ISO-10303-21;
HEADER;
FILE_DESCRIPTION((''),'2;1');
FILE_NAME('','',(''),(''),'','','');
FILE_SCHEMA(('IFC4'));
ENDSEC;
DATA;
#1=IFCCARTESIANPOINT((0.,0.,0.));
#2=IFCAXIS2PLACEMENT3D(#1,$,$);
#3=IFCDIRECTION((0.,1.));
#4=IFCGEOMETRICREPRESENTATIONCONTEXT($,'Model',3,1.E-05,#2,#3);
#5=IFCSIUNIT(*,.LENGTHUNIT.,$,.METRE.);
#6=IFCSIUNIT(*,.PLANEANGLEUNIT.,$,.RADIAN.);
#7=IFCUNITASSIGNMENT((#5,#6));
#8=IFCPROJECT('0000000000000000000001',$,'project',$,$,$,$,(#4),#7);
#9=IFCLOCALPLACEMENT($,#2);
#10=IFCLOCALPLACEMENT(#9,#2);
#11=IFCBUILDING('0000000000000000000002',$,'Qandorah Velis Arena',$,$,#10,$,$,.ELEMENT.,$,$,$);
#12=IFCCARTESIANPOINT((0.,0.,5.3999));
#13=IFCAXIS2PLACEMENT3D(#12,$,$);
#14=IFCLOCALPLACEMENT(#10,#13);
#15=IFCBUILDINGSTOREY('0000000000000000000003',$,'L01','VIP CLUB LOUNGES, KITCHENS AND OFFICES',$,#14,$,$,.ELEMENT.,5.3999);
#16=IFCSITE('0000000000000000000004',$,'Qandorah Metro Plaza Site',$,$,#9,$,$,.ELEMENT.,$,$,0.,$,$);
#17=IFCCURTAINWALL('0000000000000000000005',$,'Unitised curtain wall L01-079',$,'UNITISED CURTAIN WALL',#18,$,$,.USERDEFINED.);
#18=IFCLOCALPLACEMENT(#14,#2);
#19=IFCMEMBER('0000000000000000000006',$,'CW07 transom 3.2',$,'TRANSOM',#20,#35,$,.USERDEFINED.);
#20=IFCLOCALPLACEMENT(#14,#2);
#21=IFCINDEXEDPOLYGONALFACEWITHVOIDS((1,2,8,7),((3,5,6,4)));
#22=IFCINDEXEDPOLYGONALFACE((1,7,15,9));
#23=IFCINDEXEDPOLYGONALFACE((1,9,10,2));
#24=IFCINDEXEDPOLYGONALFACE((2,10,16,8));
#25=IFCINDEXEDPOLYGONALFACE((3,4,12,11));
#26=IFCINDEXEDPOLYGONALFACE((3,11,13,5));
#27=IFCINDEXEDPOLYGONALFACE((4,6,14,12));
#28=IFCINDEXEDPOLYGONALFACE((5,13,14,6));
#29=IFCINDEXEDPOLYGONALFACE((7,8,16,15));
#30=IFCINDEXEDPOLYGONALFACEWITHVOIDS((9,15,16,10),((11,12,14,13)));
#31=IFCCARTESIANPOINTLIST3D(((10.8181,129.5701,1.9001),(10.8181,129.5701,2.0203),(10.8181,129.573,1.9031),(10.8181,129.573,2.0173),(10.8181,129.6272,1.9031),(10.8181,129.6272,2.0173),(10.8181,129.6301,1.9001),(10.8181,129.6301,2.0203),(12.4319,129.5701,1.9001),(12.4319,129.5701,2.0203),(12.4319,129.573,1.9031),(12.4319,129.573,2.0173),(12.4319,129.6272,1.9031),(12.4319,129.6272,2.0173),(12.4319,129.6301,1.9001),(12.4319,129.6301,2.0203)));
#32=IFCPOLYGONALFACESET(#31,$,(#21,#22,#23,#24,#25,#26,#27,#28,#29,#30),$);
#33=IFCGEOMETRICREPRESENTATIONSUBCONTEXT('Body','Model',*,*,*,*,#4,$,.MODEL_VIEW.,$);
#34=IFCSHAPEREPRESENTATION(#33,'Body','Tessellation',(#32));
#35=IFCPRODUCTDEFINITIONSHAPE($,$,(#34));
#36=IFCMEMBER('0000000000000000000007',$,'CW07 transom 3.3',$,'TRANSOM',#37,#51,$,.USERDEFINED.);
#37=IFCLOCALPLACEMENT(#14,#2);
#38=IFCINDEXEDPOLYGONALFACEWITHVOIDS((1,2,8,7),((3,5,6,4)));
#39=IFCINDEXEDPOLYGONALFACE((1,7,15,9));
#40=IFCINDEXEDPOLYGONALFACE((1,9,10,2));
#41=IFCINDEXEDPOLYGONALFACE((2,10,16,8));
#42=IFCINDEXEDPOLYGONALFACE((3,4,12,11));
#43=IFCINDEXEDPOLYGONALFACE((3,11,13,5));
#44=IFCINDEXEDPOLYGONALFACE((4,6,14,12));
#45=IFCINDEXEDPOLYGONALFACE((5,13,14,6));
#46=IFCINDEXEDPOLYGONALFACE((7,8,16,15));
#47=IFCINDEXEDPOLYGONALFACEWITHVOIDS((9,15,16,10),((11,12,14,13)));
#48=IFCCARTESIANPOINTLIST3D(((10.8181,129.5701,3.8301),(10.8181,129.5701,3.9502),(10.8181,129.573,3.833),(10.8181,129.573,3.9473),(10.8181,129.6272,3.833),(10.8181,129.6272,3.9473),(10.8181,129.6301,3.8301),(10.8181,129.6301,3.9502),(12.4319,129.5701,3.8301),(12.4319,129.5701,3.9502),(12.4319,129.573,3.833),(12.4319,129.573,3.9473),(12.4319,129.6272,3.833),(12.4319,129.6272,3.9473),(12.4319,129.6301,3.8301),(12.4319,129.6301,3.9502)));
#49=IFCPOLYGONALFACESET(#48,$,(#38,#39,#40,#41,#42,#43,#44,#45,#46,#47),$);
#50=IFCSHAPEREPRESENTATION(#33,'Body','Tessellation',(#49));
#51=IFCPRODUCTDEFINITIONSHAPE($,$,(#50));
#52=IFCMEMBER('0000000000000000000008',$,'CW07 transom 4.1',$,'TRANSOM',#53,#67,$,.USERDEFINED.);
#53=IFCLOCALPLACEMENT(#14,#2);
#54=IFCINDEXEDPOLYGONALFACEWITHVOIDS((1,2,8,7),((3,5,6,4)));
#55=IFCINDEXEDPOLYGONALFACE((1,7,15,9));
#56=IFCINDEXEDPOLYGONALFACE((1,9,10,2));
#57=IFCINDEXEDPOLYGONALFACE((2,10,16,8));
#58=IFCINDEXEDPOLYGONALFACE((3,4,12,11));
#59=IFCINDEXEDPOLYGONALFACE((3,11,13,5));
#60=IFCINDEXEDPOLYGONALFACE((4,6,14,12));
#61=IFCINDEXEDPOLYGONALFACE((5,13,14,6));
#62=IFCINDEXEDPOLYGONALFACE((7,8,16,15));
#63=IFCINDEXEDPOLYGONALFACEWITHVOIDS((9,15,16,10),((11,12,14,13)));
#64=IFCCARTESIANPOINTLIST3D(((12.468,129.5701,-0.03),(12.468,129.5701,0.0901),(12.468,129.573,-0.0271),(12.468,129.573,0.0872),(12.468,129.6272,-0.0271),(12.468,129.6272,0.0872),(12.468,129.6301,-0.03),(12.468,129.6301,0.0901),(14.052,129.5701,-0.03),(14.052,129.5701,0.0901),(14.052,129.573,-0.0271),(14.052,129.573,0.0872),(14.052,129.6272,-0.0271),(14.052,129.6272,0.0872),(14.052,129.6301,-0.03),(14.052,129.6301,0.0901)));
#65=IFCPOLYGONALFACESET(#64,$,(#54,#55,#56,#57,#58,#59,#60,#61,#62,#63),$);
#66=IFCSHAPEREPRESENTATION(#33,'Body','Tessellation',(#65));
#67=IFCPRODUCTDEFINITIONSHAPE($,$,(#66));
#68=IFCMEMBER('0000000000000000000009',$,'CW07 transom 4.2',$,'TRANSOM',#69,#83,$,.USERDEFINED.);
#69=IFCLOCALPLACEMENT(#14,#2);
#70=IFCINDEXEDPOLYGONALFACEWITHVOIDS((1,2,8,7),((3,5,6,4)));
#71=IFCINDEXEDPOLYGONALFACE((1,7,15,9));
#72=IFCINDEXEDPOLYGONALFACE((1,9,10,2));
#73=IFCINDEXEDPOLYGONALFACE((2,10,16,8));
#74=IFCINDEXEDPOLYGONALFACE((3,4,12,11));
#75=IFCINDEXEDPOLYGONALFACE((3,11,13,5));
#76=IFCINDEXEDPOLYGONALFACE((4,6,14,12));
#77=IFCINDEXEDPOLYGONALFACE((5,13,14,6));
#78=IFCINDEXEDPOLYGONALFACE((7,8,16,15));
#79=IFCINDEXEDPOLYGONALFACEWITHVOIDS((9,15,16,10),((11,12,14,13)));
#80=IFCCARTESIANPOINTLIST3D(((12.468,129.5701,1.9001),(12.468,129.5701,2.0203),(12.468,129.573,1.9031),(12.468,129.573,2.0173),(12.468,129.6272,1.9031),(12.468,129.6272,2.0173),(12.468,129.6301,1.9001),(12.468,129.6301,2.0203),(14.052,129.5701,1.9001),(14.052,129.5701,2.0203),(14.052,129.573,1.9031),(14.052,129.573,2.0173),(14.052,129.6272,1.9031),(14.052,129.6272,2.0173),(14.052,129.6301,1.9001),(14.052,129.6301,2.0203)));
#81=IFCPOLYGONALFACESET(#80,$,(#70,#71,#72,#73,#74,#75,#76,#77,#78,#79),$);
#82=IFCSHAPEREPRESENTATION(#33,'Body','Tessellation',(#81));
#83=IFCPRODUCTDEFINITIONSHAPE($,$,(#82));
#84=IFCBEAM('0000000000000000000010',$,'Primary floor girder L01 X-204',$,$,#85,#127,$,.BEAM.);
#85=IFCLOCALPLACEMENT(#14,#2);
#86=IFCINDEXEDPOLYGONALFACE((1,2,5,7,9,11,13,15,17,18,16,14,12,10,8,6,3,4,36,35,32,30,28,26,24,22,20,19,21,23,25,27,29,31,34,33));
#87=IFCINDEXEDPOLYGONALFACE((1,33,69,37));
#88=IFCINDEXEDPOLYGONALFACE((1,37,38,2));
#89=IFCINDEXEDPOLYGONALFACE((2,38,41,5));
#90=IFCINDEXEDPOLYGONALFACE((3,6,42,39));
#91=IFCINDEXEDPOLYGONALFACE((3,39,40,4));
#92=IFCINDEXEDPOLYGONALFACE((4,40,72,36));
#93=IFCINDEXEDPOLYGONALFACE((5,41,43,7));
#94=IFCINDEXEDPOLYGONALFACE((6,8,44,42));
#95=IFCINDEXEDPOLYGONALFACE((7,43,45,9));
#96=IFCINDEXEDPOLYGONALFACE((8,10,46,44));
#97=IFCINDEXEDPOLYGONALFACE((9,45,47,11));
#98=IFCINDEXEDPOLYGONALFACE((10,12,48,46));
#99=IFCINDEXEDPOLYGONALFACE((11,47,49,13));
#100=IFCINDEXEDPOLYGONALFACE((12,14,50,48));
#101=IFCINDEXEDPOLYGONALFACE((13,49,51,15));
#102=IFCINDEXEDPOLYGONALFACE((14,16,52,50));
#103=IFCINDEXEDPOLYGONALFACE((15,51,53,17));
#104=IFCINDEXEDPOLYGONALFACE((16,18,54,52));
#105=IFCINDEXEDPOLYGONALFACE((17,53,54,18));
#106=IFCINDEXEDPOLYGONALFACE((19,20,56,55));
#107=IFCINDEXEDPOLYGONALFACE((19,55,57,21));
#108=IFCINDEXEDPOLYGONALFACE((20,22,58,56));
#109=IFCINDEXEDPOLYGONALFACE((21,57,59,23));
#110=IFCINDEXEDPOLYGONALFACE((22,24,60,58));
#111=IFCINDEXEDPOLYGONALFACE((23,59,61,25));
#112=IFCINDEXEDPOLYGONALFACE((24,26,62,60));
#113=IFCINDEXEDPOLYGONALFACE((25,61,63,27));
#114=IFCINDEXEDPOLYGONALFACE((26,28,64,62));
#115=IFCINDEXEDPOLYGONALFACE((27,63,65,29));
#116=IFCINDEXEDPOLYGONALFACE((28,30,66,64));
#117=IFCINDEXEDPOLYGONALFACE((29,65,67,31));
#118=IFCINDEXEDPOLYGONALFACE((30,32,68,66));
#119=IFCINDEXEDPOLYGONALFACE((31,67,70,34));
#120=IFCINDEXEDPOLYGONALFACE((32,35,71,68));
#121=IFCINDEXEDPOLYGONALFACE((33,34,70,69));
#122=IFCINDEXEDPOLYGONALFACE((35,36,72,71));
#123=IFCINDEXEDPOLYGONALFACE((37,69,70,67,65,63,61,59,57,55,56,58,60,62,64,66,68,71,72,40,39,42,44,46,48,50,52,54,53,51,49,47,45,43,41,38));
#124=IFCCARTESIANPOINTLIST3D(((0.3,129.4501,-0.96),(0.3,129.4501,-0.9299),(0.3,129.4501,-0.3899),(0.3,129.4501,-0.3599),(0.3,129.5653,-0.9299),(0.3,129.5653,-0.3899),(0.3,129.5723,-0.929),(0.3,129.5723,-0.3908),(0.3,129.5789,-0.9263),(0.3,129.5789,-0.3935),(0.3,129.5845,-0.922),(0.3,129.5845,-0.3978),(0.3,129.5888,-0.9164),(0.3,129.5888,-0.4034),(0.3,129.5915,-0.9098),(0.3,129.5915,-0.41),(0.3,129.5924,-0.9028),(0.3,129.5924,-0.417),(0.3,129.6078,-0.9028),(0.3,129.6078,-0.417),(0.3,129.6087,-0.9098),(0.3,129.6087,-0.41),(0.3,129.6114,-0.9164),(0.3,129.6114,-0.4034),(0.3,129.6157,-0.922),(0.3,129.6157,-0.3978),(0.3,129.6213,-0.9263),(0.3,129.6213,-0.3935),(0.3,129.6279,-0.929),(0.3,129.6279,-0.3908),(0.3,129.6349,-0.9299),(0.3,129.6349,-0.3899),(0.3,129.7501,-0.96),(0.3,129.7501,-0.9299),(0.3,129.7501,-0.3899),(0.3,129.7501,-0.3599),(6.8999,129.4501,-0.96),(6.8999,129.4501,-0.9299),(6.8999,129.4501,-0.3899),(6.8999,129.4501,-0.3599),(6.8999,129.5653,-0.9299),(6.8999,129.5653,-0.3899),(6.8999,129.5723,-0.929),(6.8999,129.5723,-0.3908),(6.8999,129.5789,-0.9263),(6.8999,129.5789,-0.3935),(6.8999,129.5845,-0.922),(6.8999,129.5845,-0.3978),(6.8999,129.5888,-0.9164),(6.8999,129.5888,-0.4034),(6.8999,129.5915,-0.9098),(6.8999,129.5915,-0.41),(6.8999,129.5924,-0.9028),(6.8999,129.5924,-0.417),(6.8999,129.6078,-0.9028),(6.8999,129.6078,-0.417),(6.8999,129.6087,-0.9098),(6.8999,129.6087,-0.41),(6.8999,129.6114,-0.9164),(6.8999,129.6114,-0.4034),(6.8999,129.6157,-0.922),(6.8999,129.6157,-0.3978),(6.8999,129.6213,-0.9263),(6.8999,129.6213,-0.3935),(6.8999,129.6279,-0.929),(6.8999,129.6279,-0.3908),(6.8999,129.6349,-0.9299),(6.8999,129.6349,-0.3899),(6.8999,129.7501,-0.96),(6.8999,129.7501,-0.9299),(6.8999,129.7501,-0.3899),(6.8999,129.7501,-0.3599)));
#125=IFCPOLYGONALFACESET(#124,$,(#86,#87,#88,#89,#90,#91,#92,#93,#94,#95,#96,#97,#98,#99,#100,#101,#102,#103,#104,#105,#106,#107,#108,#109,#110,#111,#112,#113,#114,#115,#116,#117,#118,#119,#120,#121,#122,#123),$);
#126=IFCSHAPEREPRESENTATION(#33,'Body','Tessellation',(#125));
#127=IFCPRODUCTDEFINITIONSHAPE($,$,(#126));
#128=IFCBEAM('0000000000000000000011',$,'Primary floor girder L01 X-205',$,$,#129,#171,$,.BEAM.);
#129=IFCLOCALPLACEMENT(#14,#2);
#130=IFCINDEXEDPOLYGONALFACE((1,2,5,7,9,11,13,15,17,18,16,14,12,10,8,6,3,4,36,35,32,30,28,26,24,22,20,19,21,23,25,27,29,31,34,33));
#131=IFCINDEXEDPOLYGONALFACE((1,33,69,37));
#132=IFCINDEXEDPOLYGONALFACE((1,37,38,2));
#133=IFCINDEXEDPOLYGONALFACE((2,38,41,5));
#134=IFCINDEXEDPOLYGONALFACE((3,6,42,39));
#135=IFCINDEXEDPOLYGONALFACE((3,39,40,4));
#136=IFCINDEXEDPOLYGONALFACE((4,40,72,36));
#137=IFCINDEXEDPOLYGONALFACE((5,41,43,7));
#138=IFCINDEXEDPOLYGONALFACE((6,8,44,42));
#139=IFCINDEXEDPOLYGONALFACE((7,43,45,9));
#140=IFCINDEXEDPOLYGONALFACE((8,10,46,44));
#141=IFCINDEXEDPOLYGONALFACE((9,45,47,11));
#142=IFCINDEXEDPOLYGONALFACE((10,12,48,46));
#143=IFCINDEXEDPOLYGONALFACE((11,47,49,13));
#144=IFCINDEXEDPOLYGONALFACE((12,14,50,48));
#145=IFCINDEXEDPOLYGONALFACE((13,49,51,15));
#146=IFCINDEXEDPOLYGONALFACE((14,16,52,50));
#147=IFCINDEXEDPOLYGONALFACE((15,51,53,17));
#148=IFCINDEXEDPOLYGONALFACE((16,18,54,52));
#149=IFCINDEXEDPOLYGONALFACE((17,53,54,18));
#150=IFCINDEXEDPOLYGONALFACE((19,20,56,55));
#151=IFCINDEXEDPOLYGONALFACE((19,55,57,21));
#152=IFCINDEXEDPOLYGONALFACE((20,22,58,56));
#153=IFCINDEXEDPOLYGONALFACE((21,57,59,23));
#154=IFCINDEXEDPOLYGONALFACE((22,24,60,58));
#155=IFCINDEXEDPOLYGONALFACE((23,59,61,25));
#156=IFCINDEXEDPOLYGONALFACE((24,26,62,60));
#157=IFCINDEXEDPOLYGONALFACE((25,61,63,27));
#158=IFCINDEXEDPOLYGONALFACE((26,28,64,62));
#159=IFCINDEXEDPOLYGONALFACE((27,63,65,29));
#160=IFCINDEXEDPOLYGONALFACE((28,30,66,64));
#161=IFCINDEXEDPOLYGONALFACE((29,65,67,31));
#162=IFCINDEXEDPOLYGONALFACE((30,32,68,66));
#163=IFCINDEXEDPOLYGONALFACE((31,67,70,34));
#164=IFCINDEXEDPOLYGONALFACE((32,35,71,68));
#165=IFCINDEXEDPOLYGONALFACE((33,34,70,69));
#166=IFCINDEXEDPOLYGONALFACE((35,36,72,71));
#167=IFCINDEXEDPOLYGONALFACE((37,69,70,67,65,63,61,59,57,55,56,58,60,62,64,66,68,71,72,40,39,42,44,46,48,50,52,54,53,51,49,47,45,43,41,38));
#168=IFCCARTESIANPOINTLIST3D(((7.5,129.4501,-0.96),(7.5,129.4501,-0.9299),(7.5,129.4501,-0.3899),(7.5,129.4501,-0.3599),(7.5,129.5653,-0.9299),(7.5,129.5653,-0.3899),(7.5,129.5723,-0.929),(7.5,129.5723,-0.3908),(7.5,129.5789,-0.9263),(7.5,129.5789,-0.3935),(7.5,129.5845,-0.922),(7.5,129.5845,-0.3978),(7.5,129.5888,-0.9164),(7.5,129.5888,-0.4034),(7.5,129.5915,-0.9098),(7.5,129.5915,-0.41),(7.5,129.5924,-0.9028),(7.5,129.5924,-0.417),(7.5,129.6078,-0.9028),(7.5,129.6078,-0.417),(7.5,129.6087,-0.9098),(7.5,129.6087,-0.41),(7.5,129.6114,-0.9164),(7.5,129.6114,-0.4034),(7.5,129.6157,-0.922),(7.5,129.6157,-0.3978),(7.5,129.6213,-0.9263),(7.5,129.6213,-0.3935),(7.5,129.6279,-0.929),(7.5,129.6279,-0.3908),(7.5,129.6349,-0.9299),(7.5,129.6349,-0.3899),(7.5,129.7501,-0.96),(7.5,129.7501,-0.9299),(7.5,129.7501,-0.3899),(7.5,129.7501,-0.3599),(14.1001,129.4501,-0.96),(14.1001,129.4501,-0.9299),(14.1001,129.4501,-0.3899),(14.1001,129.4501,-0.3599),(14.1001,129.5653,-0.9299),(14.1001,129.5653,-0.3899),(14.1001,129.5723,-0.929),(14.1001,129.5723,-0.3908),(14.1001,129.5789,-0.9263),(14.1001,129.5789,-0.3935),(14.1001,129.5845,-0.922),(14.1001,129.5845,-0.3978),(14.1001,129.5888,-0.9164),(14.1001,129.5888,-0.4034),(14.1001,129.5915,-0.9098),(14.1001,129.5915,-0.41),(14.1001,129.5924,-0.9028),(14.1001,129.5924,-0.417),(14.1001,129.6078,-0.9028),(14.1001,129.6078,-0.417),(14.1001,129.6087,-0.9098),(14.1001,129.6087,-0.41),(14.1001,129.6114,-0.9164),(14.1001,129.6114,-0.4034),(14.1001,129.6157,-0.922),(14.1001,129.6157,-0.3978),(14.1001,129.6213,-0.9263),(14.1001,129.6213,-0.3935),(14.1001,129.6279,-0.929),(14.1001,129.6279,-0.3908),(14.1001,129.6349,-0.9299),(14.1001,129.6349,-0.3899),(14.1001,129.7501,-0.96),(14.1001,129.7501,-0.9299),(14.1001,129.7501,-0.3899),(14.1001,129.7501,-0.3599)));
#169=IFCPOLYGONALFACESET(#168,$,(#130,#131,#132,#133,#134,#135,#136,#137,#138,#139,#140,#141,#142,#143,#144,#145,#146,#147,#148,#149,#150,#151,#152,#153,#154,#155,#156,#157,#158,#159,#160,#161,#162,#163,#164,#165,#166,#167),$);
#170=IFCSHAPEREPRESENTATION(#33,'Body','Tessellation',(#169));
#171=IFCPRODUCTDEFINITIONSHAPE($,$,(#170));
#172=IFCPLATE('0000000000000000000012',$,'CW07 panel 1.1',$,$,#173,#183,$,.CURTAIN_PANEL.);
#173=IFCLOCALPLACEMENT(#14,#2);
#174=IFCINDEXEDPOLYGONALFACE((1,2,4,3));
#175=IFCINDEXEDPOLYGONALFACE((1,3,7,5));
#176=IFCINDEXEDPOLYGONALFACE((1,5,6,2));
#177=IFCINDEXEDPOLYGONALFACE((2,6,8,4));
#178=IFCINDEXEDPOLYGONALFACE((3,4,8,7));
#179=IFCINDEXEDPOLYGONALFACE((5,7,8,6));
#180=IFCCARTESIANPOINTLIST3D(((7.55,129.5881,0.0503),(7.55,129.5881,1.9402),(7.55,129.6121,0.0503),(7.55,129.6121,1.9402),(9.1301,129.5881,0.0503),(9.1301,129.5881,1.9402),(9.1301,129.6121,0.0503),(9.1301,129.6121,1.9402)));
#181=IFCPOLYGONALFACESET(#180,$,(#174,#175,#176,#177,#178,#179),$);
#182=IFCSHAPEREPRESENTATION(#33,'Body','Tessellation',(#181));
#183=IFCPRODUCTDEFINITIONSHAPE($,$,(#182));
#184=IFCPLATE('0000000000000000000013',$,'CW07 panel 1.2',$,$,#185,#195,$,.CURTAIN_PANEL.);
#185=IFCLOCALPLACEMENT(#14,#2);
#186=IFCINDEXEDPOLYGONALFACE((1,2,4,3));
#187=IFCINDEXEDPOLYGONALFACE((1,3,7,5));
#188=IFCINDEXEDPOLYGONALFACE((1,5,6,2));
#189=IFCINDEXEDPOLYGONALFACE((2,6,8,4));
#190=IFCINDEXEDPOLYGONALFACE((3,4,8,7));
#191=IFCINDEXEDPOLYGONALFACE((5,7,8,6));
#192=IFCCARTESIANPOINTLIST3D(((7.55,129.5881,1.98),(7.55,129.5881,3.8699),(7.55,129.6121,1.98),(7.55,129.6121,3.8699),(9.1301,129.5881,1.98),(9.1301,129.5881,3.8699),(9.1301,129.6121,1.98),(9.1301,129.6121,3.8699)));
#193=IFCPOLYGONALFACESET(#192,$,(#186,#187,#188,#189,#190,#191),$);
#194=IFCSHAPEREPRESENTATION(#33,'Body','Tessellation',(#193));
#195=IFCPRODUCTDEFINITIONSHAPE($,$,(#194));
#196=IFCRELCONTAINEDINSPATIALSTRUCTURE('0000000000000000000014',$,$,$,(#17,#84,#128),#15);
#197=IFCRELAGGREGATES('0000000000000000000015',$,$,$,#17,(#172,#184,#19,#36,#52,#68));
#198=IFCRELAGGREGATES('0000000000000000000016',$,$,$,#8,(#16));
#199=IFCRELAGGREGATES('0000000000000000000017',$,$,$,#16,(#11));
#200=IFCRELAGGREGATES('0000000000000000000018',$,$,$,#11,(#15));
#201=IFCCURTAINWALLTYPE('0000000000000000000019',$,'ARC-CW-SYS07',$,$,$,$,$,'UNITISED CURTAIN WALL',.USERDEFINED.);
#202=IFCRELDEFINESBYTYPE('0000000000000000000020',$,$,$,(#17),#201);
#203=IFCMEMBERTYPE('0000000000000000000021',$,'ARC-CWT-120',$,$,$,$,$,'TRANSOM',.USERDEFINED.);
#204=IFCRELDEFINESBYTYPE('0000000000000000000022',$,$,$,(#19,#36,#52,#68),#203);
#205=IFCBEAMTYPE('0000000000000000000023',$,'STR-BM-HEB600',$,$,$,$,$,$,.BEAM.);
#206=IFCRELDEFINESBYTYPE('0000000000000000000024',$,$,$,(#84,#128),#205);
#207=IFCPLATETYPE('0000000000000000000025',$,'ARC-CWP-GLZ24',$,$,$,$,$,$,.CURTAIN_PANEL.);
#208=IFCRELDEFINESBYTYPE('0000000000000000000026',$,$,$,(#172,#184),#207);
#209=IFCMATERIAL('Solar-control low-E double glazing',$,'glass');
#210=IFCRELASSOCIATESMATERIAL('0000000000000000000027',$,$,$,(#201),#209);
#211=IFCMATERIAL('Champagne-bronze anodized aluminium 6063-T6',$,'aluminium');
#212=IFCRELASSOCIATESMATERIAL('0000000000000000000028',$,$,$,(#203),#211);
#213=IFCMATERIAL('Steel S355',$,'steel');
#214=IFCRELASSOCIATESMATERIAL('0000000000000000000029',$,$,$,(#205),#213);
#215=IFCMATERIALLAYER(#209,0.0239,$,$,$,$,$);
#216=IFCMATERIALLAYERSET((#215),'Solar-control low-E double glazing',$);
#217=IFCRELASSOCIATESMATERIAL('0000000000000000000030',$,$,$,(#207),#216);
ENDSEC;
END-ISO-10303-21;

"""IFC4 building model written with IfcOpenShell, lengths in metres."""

from ifc_helpers import new_model, si_unit, direction, frame, origin, origin_2d, place, context, subcontext, project, spatial, rectangle, hollow_rectangle, i_section, extrude, material, layer, layer_set, material_profile, profile_set, type_object, element, aggregate, save


model = new_model("IFC4")

# Units and contexts
model_context = context("Model", 3, precision=1e-05, world=origin(), true_north=direction((0.0, 1.0)))
body_context = subcontext(model_context, "Body", "Model", "MODEL_VIEW")
ifc_project = project(units=[si_unit("LENGTHUNIT", "METRE"), si_unit("PLANEANGLEUNIT", "RADIAN")], contexts=[model_context])

# Site, building, storey
site_placement = place(None, origin())
site = spatial("IfcSite", under=ifc_project, at=site_placement, Name="Qandorah Metro Plaza Site", CompositionType="ELEMENT", RefElevation=0.0)
building_placement = place(site_placement, origin())
building = spatial("IfcBuilding", under=site, at=building_placement, Name="Qandorah Velis Arena", CompositionType="ELEMENT")
storey_placement = place(building_placement, frame((0.0, 0.0, 5.3999)))
storey = spatial("IfcBuildingStorey", under=building, at=storey_placement, Name="L01", Description="VIP CLUB LOUNGES, KITCHENS AND OFFICES", CompositionType="ELEMENT", Elevation=5.3999)

# Curtain wall, members
ifc_material_1 = material(Name="Solar-control low-E double glazing", Category="glass")
curtain_wall_type = type_object("IfcCurtainWallType", Name="ARC-CW-SYS07", ElementType="UNITISED CURTAIN WALL", PredefinedType="USERDEFINED", material=ifc_material_1)
curtain_wall_placement = place(storey_placement, origin())
curtain_wall = element("IfcCurtainWall", 1, at=curtain_wall_placement, inside=storey, type_object=curtain_wall_type, Name="Unitised curtain wall L01-079", ObjectType="UNITISED CURTAIN WALL", PredefinedType="USERDEFINED")
ifc_material_2 = material(Name="Champagne-bronze anodized aluminium 6063-T6", Category="aluminium")
ifc_material_profile_1 = material_profile(ifc_material_2, hollow_rectangle(XDim=0.0601, YDim=0.1201, WallThickness=0.0029, at=origin_2d()), Name="ALU TRANSOM 60x120")
ifc_profile_set_1 = profile_set([ifc_material_profile_1], Name="Champagne-bronze anodized aluminium 6063-T6")
member_type_1 = type_object("IfcMemberType", Name="ARC-CWT-120", ElementType="TRANSOM", PredefinedType="USERDEFINED", material=ifc_profile_set_1)
member_1_placement = place(storey_placement, frame((10.8181, 129.6001, 1.9602), z_axis=(1.0, 0.0, 0.0), x_axis=(0.0, 1.0, 0.0)))
member_1 = element("IfcMember", 2, at=member_1_placement, type_object=member_type_1, Name="CW07 transom 3.2", ObjectType="TRANSOM", PredefinedType="USERDEFINED", context=body_context, shape_type="SweptSolid", body=[
    extrude(hollow_rectangle(XDim=0.0601, YDim=0.1201, WallThickness=0.0029, at=origin_2d()), origin(), (0.0, 0.0, 1.0), 1.6138),
])
member_2_placement = place(storey_placement, frame((10.8181, 129.6001, 3.8901), z_axis=(1.0, 0.0, 0.0), x_axis=(0.0, 1.0, 0.0)))
member_2 = element("IfcMember", 3, at=member_2_placement, type_object=member_type_1, Name="CW07 transom 3.3", ObjectType="TRANSOM", PredefinedType="USERDEFINED", context=body_context, shape_type="SweptSolid", body=[
    extrude(hollow_rectangle(XDim=0.0601, YDim=0.1201, WallThickness=0.0029, at=origin_2d()), origin(), (0.0, 0.0, 1.0), 1.6138),
])
member_3_placement = place(storey_placement, frame((12.468, 129.6001, 0.03), z_axis=(1.0, 0.0, 0.0), x_axis=(0.0, 1.0, 0.0)))
member_3 = element("IfcMember", 4, at=member_3_placement, type_object=member_type_1, Name="CW07 transom 4.1", ObjectType="TRANSOM", PredefinedType="USERDEFINED", context=body_context, shape_type="SweptSolid", body=[
    extrude(hollow_rectangle(XDim=0.0601, YDim=0.1201, WallThickness=0.0029, at=origin_2d()), origin(), (0.0, 0.0, 1.0), 1.584),
])
member_4_placement = place(storey_placement, frame((12.468, 129.6001, 1.9602), z_axis=(1.0, 0.0, 0.0), x_axis=(0.0, 1.0, 0.0)))
member_4 = element("IfcMember", 5, at=member_4_placement, type_object=member_type_1, Name="CW07 transom 4.2", ObjectType="TRANSOM", PredefinedType="USERDEFINED", context=body_context, shape_type="SweptSolid", body=[
    extrude(hollow_rectangle(XDim=0.0601, YDim=0.1201, WallThickness=0.0029, at=origin_2d()), origin(), (0.0, 0.0, 1.0), 1.584),
])

# Beams
ifc_material_3 = material(Name="Steel S355", Category="steel")
ifc_material_profile_2 = material_profile(ifc_material_3, i_section(OverallWidth=0.3, OverallDepth=0.6001, WebThickness=0.0154, FlangeThickness=0.03, FilletRadius=0.0271, at=origin_2d()), Name="HEB 600")
ifc_profile_set_2 = profile_set([ifc_material_profile_2], Name="Steel S355")
beam_type = type_object("IfcBeamType", Name="STR-BM-HEB600", PredefinedType="BEAM", material=ifc_profile_set_2)
beam_1_placement = place(storey_placement, frame((0.3, 129.6001, -0.6599), z_axis=(1.0, 0.0, 0.0), x_axis=(0.0, 1.0, 0.0)))
element("IfcBeam", 6, at=beam_1_placement, inside=storey, type_object=beam_type, Name="Primary floor girder L01 X-204", PredefinedType="BEAM", context=body_context, shape_type="SweptSolid", body=[
    extrude(i_section(OverallWidth=0.3, OverallDepth=0.6001, WebThickness=0.0154, FlangeThickness=0.03, FilletRadius=0.0271, at=origin_2d()), origin(), (0.0, 0.0, 1.0), 6.5999),
])
beam_2_placement = place(storey_placement, frame((7.5, 129.6001, -0.6599), z_axis=(1.0, 0.0, 0.0), x_axis=(0.0, 1.0, 0.0)))
element("IfcBeam", 7, at=beam_2_placement, inside=storey, type_object=beam_type, Name="Primary floor girder L01 X-205", PredefinedType="BEAM", context=body_context, shape_type="SweptSolid", body=[
    extrude(i_section(OverallWidth=0.3, OverallDepth=0.6001, WebThickness=0.0154, FlangeThickness=0.03, FilletRadius=0.0271, at=origin_2d()), origin(), (0.0, 0.0, 1.0), 6.6001),
])

# Plates
ifc_layer = layer(ifc_material_1, 0.0239)
ifc_layer_set = layer_set([ifc_layer], Name="Solar-control low-E double glazing")
plate_type = type_object("IfcPlateType", Name="ARC-CWP-GLZ24", PredefinedType="CURTAIN_PANEL", material=ifc_layer_set)
plate_1_placement = place(storey_placement, frame((8.3401, 129.6001, 0.0503), z_axis=(0.0, 0.0, 1.0), x_axis=(1.0, 0.0, 0.0)))
plate_1 = element("IfcPlate", 8, at=plate_1_placement, type_object=plate_type, Name="CW07 panel 1.1", PredefinedType="CURTAIN_PANEL", context=body_context, shape_type="SweptSolid", body=[
    extrude(rectangle(XDim=1.5801, YDim=0.0239, at=origin_2d()), origin(), (0.0, 0.0, 1.0), 1.8899),
])
plate_2_placement = place(storey_placement, frame((8.3401, 129.6001, 1.98), z_axis=(0.0, 0.0, 1.0), x_axis=(1.0, 0.0, 0.0)))
plate_2 = element("IfcPlate", 9, at=plate_2_placement, type_object=plate_type, Name="CW07 panel 1.2", PredefinedType="CURTAIN_PANEL", context=body_context, shape_type="SweptSolid", body=[
    extrude(rectangle(XDim=1.5801, YDim=0.0239, at=origin_2d()), origin(), (0.0, 0.0, 1.0), 1.8899),
])
aggregate(curtain_wall, [plate_1, plate_2, member_1, member_2, member_3, member_4])

save(model, "model.ifc")
